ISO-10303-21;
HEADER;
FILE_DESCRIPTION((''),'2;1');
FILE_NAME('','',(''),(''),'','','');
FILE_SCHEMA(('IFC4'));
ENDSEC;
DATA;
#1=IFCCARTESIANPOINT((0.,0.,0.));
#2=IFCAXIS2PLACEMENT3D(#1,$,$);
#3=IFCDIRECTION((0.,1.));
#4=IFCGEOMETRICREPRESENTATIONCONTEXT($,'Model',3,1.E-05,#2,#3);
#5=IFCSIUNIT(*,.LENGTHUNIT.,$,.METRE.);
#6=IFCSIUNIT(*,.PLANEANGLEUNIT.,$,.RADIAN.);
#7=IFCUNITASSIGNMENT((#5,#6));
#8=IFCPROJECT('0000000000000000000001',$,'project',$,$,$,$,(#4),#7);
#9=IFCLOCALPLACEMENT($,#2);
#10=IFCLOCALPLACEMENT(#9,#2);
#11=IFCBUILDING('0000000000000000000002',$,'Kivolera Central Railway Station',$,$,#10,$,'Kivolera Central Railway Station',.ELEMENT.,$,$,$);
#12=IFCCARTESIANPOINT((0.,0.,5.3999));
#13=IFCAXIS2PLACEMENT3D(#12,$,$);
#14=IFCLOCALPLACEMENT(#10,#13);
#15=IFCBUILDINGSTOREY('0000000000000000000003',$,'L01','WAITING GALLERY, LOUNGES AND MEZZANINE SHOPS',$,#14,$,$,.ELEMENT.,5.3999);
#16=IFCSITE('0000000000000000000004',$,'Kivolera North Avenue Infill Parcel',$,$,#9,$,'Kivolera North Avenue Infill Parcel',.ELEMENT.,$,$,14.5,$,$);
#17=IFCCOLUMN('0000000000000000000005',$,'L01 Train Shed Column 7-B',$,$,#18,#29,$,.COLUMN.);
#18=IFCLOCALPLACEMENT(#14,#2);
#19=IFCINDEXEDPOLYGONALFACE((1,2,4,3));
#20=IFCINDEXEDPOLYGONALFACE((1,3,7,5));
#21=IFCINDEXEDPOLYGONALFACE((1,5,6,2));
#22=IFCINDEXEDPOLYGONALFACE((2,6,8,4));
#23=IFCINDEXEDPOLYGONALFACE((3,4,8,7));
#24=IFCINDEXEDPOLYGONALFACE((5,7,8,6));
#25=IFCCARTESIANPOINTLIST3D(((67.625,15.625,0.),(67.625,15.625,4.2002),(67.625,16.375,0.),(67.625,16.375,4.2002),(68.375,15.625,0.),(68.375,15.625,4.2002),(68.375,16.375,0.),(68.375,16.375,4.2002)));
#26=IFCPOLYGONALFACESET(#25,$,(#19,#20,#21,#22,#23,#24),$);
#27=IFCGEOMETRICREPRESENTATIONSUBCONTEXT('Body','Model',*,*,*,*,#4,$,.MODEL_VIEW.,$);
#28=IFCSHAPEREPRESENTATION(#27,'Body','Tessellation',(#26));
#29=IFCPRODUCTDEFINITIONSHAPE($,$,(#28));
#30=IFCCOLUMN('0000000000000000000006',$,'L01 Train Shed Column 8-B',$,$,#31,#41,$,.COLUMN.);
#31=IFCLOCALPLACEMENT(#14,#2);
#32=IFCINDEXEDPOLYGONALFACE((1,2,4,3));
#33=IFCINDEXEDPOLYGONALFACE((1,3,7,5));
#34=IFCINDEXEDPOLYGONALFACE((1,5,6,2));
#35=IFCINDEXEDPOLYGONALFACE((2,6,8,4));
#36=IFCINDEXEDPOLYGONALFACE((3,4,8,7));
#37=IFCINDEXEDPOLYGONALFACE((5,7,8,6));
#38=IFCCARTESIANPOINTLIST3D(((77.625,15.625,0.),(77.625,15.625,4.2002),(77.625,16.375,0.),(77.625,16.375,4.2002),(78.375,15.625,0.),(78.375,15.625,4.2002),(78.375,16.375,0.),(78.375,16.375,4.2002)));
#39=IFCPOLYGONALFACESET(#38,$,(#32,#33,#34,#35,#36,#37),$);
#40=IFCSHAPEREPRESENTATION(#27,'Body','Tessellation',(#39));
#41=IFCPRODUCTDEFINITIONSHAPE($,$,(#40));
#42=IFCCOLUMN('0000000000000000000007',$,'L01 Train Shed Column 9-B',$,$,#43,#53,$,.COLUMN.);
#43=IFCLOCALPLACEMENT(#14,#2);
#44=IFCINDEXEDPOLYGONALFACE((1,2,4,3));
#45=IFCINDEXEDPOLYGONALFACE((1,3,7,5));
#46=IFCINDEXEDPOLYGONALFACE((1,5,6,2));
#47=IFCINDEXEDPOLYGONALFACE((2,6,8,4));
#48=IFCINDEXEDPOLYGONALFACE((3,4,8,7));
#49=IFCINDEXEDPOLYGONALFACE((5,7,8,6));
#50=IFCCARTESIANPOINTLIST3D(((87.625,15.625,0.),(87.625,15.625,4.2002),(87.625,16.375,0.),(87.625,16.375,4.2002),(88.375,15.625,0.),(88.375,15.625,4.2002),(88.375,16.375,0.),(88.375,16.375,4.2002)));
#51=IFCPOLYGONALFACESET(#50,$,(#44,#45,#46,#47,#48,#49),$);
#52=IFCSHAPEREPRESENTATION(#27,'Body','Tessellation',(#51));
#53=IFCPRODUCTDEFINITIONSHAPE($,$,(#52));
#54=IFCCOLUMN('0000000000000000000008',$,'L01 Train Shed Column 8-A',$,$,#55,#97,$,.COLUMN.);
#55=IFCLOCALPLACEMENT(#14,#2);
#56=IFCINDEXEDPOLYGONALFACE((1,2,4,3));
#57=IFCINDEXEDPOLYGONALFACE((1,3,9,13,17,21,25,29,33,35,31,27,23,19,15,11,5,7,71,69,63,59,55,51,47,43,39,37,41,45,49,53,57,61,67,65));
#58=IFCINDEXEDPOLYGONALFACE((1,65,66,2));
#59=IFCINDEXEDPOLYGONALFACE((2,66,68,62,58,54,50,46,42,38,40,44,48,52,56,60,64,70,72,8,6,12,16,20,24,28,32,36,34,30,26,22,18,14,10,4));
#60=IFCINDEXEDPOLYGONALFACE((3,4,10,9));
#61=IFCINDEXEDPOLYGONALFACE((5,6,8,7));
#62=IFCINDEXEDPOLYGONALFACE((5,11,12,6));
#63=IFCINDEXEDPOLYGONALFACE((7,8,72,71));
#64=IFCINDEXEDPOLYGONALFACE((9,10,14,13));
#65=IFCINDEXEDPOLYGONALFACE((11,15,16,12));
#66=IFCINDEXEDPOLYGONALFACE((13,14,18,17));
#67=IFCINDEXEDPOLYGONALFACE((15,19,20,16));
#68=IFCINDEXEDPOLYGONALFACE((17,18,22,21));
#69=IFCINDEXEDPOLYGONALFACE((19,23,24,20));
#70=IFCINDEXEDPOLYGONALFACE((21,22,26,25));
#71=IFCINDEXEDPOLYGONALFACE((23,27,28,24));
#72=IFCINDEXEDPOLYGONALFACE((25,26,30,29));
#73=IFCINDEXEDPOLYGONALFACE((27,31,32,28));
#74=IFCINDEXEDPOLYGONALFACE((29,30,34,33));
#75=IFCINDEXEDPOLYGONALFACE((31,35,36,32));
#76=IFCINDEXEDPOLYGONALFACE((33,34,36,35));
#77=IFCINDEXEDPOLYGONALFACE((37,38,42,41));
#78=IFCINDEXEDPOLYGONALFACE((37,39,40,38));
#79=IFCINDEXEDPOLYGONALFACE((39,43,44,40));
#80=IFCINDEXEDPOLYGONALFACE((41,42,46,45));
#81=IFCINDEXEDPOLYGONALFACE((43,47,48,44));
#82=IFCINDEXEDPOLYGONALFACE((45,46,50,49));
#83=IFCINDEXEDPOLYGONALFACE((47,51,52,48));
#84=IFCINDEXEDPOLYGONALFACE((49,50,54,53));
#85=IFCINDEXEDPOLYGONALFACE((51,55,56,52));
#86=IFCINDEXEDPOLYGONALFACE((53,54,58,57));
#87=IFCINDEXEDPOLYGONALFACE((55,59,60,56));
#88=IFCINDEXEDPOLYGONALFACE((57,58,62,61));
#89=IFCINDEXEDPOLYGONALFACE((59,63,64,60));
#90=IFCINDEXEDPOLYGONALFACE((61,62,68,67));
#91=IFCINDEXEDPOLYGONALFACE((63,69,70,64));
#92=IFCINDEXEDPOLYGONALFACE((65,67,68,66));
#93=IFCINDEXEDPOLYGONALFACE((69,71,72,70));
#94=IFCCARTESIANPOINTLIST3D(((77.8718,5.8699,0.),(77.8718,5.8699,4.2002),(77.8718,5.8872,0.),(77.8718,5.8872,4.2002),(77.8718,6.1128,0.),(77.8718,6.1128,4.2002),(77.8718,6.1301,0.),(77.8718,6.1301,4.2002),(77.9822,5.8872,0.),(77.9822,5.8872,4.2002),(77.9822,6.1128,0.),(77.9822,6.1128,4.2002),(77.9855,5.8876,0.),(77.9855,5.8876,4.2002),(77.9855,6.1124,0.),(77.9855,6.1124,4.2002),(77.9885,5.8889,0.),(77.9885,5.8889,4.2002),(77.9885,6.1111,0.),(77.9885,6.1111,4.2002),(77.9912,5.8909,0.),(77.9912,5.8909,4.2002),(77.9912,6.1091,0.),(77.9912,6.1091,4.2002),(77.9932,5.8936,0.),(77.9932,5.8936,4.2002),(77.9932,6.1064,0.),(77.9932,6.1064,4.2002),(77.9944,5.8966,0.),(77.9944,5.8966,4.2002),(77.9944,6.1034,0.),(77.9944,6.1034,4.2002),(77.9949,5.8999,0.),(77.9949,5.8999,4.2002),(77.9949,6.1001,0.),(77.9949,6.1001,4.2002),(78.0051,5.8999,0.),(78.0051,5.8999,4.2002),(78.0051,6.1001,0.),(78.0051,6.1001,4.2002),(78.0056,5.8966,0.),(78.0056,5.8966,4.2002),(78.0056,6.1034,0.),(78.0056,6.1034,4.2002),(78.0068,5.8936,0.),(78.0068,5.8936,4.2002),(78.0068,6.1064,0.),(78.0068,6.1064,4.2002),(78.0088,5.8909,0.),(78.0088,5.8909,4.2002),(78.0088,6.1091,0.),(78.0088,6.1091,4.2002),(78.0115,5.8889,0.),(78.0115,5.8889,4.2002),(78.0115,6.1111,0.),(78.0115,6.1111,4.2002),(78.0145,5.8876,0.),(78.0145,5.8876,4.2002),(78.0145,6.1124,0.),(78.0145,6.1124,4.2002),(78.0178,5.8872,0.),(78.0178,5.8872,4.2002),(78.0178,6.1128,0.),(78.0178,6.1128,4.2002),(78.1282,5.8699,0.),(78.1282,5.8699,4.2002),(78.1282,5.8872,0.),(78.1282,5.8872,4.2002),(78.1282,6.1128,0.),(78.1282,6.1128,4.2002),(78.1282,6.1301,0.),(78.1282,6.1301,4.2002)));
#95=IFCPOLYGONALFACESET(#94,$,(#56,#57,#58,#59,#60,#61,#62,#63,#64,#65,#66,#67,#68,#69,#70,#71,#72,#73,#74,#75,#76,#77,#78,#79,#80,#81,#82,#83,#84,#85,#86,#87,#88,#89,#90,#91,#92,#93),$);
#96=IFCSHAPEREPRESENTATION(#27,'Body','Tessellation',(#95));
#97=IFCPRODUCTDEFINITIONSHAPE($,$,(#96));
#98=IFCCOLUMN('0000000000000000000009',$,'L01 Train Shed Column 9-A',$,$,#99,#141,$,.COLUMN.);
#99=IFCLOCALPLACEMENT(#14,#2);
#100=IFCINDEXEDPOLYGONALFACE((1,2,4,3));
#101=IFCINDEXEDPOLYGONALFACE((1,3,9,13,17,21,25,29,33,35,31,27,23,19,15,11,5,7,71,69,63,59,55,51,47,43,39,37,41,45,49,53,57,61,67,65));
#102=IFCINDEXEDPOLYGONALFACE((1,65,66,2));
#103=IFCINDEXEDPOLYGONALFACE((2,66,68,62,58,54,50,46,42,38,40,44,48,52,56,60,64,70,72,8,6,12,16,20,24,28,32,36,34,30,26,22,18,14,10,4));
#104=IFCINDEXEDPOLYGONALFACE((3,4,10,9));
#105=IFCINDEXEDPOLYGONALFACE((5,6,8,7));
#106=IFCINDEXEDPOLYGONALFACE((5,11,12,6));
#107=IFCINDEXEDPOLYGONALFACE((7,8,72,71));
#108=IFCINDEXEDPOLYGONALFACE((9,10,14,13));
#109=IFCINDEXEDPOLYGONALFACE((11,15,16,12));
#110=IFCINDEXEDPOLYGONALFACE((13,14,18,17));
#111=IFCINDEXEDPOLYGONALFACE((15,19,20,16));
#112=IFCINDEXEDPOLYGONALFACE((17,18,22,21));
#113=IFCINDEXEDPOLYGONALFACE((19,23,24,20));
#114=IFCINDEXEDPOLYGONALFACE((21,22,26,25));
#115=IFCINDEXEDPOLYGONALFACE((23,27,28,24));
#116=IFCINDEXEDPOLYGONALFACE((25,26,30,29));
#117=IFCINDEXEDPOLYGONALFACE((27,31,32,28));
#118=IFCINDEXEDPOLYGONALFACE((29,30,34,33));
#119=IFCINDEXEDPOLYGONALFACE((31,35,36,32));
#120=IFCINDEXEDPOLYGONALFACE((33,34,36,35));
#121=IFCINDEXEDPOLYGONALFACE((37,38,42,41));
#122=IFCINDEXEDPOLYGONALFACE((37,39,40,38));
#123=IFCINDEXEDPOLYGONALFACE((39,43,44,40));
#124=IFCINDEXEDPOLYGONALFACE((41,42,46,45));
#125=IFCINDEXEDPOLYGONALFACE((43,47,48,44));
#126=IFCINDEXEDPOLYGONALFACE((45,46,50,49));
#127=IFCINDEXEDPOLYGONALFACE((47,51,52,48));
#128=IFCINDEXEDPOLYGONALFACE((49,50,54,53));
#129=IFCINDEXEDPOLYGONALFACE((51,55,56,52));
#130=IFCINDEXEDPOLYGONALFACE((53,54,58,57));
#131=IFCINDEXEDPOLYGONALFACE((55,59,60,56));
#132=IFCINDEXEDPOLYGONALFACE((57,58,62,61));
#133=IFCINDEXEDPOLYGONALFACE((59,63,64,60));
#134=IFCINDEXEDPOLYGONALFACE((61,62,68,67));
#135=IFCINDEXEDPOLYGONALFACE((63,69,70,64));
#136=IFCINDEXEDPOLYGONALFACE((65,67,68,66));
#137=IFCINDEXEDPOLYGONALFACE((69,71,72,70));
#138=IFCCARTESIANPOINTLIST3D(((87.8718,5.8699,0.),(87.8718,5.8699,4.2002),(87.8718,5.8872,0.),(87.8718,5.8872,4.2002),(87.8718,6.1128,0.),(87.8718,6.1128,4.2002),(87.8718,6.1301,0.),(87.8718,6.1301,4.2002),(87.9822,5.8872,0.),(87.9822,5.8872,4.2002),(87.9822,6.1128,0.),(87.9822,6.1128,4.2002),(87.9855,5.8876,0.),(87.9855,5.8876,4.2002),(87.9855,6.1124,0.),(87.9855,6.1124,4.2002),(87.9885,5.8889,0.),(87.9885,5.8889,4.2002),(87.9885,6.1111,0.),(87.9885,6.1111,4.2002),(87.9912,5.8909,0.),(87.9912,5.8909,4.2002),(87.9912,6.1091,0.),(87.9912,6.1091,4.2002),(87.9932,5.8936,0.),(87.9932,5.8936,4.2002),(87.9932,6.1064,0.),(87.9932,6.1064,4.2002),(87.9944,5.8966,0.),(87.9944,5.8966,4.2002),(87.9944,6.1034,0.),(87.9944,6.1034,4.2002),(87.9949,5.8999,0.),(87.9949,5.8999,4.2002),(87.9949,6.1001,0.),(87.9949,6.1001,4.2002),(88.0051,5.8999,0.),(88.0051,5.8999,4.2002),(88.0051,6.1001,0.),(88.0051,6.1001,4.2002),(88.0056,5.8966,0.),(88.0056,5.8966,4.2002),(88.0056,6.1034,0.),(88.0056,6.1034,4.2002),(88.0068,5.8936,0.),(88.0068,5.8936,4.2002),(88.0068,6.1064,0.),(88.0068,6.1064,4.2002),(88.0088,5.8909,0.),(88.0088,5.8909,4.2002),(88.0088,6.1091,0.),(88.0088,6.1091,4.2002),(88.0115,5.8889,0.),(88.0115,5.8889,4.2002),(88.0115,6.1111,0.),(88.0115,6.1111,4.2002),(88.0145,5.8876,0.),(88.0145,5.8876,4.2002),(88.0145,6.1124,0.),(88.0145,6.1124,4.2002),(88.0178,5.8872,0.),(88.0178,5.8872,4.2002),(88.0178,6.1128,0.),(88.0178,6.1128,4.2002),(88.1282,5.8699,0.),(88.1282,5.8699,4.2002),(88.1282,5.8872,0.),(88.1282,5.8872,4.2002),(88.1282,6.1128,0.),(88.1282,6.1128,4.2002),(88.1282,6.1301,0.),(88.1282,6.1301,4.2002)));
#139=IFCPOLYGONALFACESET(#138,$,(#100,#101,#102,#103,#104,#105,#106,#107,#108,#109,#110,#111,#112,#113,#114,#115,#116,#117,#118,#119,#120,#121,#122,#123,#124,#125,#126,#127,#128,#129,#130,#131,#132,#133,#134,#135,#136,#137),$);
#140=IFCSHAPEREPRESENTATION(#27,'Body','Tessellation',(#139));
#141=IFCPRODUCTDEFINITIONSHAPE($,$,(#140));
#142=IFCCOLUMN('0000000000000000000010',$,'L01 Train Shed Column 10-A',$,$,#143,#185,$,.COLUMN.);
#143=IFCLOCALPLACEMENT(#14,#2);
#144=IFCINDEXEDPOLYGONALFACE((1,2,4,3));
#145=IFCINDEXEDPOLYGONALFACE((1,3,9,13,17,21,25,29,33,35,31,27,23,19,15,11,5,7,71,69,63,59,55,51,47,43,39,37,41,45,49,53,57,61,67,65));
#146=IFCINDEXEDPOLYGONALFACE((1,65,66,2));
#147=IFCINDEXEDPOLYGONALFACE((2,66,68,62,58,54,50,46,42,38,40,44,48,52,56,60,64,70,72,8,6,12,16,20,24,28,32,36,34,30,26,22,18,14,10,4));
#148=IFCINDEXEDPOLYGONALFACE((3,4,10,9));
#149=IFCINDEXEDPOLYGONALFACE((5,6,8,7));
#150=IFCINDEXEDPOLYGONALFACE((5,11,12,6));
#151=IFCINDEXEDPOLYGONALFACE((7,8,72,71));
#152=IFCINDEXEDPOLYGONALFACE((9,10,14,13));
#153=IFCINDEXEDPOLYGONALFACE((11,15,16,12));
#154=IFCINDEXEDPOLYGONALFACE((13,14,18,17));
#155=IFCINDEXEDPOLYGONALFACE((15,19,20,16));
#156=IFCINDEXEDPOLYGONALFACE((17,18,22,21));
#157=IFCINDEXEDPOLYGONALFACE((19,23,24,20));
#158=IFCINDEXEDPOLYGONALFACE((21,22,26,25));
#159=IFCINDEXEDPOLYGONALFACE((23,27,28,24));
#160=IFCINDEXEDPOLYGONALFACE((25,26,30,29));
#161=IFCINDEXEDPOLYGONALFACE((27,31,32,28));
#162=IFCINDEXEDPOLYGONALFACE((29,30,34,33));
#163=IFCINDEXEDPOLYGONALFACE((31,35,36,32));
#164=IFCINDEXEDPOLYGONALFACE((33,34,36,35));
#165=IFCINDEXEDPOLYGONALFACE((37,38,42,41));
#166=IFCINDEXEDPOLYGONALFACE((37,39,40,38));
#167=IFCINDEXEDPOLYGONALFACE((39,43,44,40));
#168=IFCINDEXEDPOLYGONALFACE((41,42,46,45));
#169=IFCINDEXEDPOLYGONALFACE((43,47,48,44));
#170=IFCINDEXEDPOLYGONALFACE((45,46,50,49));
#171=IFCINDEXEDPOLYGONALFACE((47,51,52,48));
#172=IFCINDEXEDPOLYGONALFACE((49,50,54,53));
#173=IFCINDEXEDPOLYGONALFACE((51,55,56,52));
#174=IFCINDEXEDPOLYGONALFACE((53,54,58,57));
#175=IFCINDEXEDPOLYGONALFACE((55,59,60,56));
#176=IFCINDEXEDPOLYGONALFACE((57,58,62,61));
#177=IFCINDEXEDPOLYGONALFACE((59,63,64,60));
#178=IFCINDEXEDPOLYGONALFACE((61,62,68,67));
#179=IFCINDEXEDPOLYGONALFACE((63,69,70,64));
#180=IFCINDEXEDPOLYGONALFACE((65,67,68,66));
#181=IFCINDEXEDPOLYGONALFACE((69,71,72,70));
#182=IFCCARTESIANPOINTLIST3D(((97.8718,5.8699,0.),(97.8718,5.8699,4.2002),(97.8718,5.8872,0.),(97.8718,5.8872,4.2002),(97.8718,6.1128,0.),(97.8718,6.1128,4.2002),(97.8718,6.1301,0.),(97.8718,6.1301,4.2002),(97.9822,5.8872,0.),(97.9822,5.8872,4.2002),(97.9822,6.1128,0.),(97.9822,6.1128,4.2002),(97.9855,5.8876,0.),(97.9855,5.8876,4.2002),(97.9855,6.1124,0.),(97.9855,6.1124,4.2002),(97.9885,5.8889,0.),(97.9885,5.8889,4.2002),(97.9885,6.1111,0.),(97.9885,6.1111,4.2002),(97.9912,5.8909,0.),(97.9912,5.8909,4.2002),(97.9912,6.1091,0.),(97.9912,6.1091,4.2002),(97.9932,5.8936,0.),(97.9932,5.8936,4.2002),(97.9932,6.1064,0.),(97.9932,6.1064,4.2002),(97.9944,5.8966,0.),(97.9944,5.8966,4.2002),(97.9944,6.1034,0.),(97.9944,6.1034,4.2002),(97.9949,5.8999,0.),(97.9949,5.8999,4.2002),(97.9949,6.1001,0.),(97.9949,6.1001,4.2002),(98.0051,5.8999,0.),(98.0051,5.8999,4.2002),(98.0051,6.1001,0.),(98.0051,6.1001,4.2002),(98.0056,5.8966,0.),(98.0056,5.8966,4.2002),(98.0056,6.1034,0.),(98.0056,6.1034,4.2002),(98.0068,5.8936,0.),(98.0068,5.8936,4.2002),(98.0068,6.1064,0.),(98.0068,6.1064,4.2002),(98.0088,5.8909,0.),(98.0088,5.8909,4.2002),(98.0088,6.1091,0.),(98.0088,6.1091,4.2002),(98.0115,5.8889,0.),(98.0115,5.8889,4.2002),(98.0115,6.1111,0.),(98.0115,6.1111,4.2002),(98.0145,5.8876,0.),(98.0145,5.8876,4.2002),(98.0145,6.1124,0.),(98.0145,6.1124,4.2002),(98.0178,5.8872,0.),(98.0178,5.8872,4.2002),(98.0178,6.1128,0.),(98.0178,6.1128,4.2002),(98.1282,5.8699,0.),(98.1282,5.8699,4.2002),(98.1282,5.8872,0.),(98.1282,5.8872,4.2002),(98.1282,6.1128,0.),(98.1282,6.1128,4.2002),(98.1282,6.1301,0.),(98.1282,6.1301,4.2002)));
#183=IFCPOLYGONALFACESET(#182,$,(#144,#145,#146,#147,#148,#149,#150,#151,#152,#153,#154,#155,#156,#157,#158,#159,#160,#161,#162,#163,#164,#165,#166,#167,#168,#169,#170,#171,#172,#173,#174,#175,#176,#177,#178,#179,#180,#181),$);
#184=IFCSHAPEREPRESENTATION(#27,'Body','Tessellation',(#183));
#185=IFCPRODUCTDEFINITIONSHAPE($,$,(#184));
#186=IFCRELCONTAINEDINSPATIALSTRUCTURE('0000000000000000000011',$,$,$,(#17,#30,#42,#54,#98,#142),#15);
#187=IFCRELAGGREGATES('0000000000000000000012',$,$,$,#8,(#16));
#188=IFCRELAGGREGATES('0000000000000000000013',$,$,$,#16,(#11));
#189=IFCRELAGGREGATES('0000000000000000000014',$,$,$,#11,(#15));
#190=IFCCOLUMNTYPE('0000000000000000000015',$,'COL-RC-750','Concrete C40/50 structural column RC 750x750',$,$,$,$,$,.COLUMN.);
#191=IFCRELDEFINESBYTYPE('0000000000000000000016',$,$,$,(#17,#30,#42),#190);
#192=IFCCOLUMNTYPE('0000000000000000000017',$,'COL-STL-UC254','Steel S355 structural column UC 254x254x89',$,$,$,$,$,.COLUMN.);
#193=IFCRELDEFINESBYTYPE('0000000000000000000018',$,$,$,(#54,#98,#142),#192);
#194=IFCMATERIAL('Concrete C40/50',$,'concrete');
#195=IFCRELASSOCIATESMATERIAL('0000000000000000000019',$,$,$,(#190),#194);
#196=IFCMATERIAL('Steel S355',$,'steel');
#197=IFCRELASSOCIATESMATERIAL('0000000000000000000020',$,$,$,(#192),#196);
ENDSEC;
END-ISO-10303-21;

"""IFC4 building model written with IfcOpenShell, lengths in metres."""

from ifc_helpers import new_model, si_unit, direction, frame, origin, origin_2d, place, context, subcontext, project, spatial, rectangle, i_section, extrude, material, material_profile, profile_set, type_object, element, save


model = new_model("IFC4")

# Units and contexts
model_context = context("Model", 3, precision=1e-05, world=origin(), true_north=direction((0.0, 1.0)))
body_context = subcontext(model_context, "Body", "Model", "MODEL_VIEW")
ifc_project = project(units=[si_unit("LENGTHUNIT", "METRE"), si_unit("PLANEANGLEUNIT", "RADIAN")], contexts=[model_context])

# Site, building, storey
site_placement = place(None, origin())
site = spatial("IfcSite", under=ifc_project, at=site_placement, Name="Kivolera North Avenue Infill Parcel", LongName="Kivolera North Avenue Infill Parcel", CompositionType="ELEMENT", RefElevation=14.5)
building_placement = place(site_placement, origin())
building = spatial("IfcBuilding", under=site, at=building_placement, Name="Kivolera Central Railway Station", LongName="Kivolera Central Railway Station", CompositionType="ELEMENT")
storey_placement = place(building_placement, frame((0.0, 0.0, 5.3999)))
storey = spatial("IfcBuildingStorey", under=building, at=storey_placement, Name="L01", Description="WAITING GALLERY, LOUNGES AND MEZZANINE SHOPS", CompositionType="ELEMENT", Elevation=5.3999)

# Columns
ifc_material_1 = material(Name="Concrete C40/50", Category="concrete")
ifc_material_profile_1 = material_profile(ifc_material_1, rectangle(XDim=0.75, YDim=0.75, at=origin_2d()), Name="RC 750x750")
ifc_profile_set_1 = profile_set([ifc_material_profile_1], Name="Concrete C40/50")
column_type_1 = type_object("IfcColumnType", Name="COL-RC-750", Description="Concrete C40/50 structural column RC 750x750", PredefinedType="COLUMN", material=ifc_profile_set_1)
for number, where, z_axis, x_axis, name in (
    (1, (68.0, 16.0, 0.0), (0.0, 0.0, 1.0), (1.0, 0.0, 0.0), "L01 Train Shed Column 7-B"),
    (2, (78.0, 16.0, 0.0), (0.0, 0.0, 1.0), (1.0, 0.0, 0.0), "L01 Train Shed Column 8-B"),
    (3, (88.0, 16.0, 0.0), (0.0, 0.0, 1.0), (1.0, 0.0, 0.0), "L01 Train Shed Column 9-B"),
):
    element("IfcColumn", number, at=place(storey_placement, frame(where, z_axis=z_axis, x_axis=x_axis)), inside=storey, type_object=column_type_1, Name=name, PredefinedType="COLUMN", context=body_context, shape_type="SweptSolid", body=[
        extrude(rectangle(XDim=0.75, YDim=0.75, at=origin_2d()), origin(), (0.0, 0.0, 1.0), 4.2002),
    ])
ifc_material_2 = material(Name="Steel S355", Category="steel")
ifc_material_profile_2 = material_profile(ifc_material_2, i_section(OverallWidth=0.2563, OverallDepth=0.2603, WebThickness=0.0103, FlangeThickness=0.0173, FilletRadius=0.0127, at=origin_2d()), Name="UC 254x254x89")
ifc_profile_set_2 = profile_set([ifc_material_profile_2], Name="Steel S355")
column_type_2 = type_object("IfcColumnType", Name="COL-STL-UC254", Description="Steel S355 structural column UC 254x254x89", PredefinedType="COLUMN", material=ifc_profile_set_2)
for number, where, z_axis, x_axis, name in (
    (4, (78.0, 6.0, 0.0), (0.0, 0.0, 1.0), (1.0, 0.0, 0.0), "L01 Train Shed Column 8-A"),
    (5, (88.0, 6.0, 0.0), (0.0, 0.0, 1.0), (1.0, 0.0, 0.0), "L01 Train Shed Column 9-A"),
    (6, (98.0, 6.0, 0.0), (0.0, 0.0, 1.0), (1.0, 0.0, 0.0), "L01 Train Shed Column 10-A"),
):
    element("IfcColumn", number, at=place(storey_placement, frame(where, z_axis=z_axis, x_axis=x_axis)), inside=storey, type_object=column_type_2, Name=name, PredefinedType="COLUMN", context=body_context, shape_type="SweptSolid", body=[
        extrude(i_section(OverallWidth=0.2563, OverallDepth=0.2603, WebThickness=0.0103, FlangeThickness=0.0173, FilletRadius=0.0127, at=origin_2d()), origin(), (0.0, 0.0, 1.0), 4.2002),
    ])

save(model, "model.ifc")
